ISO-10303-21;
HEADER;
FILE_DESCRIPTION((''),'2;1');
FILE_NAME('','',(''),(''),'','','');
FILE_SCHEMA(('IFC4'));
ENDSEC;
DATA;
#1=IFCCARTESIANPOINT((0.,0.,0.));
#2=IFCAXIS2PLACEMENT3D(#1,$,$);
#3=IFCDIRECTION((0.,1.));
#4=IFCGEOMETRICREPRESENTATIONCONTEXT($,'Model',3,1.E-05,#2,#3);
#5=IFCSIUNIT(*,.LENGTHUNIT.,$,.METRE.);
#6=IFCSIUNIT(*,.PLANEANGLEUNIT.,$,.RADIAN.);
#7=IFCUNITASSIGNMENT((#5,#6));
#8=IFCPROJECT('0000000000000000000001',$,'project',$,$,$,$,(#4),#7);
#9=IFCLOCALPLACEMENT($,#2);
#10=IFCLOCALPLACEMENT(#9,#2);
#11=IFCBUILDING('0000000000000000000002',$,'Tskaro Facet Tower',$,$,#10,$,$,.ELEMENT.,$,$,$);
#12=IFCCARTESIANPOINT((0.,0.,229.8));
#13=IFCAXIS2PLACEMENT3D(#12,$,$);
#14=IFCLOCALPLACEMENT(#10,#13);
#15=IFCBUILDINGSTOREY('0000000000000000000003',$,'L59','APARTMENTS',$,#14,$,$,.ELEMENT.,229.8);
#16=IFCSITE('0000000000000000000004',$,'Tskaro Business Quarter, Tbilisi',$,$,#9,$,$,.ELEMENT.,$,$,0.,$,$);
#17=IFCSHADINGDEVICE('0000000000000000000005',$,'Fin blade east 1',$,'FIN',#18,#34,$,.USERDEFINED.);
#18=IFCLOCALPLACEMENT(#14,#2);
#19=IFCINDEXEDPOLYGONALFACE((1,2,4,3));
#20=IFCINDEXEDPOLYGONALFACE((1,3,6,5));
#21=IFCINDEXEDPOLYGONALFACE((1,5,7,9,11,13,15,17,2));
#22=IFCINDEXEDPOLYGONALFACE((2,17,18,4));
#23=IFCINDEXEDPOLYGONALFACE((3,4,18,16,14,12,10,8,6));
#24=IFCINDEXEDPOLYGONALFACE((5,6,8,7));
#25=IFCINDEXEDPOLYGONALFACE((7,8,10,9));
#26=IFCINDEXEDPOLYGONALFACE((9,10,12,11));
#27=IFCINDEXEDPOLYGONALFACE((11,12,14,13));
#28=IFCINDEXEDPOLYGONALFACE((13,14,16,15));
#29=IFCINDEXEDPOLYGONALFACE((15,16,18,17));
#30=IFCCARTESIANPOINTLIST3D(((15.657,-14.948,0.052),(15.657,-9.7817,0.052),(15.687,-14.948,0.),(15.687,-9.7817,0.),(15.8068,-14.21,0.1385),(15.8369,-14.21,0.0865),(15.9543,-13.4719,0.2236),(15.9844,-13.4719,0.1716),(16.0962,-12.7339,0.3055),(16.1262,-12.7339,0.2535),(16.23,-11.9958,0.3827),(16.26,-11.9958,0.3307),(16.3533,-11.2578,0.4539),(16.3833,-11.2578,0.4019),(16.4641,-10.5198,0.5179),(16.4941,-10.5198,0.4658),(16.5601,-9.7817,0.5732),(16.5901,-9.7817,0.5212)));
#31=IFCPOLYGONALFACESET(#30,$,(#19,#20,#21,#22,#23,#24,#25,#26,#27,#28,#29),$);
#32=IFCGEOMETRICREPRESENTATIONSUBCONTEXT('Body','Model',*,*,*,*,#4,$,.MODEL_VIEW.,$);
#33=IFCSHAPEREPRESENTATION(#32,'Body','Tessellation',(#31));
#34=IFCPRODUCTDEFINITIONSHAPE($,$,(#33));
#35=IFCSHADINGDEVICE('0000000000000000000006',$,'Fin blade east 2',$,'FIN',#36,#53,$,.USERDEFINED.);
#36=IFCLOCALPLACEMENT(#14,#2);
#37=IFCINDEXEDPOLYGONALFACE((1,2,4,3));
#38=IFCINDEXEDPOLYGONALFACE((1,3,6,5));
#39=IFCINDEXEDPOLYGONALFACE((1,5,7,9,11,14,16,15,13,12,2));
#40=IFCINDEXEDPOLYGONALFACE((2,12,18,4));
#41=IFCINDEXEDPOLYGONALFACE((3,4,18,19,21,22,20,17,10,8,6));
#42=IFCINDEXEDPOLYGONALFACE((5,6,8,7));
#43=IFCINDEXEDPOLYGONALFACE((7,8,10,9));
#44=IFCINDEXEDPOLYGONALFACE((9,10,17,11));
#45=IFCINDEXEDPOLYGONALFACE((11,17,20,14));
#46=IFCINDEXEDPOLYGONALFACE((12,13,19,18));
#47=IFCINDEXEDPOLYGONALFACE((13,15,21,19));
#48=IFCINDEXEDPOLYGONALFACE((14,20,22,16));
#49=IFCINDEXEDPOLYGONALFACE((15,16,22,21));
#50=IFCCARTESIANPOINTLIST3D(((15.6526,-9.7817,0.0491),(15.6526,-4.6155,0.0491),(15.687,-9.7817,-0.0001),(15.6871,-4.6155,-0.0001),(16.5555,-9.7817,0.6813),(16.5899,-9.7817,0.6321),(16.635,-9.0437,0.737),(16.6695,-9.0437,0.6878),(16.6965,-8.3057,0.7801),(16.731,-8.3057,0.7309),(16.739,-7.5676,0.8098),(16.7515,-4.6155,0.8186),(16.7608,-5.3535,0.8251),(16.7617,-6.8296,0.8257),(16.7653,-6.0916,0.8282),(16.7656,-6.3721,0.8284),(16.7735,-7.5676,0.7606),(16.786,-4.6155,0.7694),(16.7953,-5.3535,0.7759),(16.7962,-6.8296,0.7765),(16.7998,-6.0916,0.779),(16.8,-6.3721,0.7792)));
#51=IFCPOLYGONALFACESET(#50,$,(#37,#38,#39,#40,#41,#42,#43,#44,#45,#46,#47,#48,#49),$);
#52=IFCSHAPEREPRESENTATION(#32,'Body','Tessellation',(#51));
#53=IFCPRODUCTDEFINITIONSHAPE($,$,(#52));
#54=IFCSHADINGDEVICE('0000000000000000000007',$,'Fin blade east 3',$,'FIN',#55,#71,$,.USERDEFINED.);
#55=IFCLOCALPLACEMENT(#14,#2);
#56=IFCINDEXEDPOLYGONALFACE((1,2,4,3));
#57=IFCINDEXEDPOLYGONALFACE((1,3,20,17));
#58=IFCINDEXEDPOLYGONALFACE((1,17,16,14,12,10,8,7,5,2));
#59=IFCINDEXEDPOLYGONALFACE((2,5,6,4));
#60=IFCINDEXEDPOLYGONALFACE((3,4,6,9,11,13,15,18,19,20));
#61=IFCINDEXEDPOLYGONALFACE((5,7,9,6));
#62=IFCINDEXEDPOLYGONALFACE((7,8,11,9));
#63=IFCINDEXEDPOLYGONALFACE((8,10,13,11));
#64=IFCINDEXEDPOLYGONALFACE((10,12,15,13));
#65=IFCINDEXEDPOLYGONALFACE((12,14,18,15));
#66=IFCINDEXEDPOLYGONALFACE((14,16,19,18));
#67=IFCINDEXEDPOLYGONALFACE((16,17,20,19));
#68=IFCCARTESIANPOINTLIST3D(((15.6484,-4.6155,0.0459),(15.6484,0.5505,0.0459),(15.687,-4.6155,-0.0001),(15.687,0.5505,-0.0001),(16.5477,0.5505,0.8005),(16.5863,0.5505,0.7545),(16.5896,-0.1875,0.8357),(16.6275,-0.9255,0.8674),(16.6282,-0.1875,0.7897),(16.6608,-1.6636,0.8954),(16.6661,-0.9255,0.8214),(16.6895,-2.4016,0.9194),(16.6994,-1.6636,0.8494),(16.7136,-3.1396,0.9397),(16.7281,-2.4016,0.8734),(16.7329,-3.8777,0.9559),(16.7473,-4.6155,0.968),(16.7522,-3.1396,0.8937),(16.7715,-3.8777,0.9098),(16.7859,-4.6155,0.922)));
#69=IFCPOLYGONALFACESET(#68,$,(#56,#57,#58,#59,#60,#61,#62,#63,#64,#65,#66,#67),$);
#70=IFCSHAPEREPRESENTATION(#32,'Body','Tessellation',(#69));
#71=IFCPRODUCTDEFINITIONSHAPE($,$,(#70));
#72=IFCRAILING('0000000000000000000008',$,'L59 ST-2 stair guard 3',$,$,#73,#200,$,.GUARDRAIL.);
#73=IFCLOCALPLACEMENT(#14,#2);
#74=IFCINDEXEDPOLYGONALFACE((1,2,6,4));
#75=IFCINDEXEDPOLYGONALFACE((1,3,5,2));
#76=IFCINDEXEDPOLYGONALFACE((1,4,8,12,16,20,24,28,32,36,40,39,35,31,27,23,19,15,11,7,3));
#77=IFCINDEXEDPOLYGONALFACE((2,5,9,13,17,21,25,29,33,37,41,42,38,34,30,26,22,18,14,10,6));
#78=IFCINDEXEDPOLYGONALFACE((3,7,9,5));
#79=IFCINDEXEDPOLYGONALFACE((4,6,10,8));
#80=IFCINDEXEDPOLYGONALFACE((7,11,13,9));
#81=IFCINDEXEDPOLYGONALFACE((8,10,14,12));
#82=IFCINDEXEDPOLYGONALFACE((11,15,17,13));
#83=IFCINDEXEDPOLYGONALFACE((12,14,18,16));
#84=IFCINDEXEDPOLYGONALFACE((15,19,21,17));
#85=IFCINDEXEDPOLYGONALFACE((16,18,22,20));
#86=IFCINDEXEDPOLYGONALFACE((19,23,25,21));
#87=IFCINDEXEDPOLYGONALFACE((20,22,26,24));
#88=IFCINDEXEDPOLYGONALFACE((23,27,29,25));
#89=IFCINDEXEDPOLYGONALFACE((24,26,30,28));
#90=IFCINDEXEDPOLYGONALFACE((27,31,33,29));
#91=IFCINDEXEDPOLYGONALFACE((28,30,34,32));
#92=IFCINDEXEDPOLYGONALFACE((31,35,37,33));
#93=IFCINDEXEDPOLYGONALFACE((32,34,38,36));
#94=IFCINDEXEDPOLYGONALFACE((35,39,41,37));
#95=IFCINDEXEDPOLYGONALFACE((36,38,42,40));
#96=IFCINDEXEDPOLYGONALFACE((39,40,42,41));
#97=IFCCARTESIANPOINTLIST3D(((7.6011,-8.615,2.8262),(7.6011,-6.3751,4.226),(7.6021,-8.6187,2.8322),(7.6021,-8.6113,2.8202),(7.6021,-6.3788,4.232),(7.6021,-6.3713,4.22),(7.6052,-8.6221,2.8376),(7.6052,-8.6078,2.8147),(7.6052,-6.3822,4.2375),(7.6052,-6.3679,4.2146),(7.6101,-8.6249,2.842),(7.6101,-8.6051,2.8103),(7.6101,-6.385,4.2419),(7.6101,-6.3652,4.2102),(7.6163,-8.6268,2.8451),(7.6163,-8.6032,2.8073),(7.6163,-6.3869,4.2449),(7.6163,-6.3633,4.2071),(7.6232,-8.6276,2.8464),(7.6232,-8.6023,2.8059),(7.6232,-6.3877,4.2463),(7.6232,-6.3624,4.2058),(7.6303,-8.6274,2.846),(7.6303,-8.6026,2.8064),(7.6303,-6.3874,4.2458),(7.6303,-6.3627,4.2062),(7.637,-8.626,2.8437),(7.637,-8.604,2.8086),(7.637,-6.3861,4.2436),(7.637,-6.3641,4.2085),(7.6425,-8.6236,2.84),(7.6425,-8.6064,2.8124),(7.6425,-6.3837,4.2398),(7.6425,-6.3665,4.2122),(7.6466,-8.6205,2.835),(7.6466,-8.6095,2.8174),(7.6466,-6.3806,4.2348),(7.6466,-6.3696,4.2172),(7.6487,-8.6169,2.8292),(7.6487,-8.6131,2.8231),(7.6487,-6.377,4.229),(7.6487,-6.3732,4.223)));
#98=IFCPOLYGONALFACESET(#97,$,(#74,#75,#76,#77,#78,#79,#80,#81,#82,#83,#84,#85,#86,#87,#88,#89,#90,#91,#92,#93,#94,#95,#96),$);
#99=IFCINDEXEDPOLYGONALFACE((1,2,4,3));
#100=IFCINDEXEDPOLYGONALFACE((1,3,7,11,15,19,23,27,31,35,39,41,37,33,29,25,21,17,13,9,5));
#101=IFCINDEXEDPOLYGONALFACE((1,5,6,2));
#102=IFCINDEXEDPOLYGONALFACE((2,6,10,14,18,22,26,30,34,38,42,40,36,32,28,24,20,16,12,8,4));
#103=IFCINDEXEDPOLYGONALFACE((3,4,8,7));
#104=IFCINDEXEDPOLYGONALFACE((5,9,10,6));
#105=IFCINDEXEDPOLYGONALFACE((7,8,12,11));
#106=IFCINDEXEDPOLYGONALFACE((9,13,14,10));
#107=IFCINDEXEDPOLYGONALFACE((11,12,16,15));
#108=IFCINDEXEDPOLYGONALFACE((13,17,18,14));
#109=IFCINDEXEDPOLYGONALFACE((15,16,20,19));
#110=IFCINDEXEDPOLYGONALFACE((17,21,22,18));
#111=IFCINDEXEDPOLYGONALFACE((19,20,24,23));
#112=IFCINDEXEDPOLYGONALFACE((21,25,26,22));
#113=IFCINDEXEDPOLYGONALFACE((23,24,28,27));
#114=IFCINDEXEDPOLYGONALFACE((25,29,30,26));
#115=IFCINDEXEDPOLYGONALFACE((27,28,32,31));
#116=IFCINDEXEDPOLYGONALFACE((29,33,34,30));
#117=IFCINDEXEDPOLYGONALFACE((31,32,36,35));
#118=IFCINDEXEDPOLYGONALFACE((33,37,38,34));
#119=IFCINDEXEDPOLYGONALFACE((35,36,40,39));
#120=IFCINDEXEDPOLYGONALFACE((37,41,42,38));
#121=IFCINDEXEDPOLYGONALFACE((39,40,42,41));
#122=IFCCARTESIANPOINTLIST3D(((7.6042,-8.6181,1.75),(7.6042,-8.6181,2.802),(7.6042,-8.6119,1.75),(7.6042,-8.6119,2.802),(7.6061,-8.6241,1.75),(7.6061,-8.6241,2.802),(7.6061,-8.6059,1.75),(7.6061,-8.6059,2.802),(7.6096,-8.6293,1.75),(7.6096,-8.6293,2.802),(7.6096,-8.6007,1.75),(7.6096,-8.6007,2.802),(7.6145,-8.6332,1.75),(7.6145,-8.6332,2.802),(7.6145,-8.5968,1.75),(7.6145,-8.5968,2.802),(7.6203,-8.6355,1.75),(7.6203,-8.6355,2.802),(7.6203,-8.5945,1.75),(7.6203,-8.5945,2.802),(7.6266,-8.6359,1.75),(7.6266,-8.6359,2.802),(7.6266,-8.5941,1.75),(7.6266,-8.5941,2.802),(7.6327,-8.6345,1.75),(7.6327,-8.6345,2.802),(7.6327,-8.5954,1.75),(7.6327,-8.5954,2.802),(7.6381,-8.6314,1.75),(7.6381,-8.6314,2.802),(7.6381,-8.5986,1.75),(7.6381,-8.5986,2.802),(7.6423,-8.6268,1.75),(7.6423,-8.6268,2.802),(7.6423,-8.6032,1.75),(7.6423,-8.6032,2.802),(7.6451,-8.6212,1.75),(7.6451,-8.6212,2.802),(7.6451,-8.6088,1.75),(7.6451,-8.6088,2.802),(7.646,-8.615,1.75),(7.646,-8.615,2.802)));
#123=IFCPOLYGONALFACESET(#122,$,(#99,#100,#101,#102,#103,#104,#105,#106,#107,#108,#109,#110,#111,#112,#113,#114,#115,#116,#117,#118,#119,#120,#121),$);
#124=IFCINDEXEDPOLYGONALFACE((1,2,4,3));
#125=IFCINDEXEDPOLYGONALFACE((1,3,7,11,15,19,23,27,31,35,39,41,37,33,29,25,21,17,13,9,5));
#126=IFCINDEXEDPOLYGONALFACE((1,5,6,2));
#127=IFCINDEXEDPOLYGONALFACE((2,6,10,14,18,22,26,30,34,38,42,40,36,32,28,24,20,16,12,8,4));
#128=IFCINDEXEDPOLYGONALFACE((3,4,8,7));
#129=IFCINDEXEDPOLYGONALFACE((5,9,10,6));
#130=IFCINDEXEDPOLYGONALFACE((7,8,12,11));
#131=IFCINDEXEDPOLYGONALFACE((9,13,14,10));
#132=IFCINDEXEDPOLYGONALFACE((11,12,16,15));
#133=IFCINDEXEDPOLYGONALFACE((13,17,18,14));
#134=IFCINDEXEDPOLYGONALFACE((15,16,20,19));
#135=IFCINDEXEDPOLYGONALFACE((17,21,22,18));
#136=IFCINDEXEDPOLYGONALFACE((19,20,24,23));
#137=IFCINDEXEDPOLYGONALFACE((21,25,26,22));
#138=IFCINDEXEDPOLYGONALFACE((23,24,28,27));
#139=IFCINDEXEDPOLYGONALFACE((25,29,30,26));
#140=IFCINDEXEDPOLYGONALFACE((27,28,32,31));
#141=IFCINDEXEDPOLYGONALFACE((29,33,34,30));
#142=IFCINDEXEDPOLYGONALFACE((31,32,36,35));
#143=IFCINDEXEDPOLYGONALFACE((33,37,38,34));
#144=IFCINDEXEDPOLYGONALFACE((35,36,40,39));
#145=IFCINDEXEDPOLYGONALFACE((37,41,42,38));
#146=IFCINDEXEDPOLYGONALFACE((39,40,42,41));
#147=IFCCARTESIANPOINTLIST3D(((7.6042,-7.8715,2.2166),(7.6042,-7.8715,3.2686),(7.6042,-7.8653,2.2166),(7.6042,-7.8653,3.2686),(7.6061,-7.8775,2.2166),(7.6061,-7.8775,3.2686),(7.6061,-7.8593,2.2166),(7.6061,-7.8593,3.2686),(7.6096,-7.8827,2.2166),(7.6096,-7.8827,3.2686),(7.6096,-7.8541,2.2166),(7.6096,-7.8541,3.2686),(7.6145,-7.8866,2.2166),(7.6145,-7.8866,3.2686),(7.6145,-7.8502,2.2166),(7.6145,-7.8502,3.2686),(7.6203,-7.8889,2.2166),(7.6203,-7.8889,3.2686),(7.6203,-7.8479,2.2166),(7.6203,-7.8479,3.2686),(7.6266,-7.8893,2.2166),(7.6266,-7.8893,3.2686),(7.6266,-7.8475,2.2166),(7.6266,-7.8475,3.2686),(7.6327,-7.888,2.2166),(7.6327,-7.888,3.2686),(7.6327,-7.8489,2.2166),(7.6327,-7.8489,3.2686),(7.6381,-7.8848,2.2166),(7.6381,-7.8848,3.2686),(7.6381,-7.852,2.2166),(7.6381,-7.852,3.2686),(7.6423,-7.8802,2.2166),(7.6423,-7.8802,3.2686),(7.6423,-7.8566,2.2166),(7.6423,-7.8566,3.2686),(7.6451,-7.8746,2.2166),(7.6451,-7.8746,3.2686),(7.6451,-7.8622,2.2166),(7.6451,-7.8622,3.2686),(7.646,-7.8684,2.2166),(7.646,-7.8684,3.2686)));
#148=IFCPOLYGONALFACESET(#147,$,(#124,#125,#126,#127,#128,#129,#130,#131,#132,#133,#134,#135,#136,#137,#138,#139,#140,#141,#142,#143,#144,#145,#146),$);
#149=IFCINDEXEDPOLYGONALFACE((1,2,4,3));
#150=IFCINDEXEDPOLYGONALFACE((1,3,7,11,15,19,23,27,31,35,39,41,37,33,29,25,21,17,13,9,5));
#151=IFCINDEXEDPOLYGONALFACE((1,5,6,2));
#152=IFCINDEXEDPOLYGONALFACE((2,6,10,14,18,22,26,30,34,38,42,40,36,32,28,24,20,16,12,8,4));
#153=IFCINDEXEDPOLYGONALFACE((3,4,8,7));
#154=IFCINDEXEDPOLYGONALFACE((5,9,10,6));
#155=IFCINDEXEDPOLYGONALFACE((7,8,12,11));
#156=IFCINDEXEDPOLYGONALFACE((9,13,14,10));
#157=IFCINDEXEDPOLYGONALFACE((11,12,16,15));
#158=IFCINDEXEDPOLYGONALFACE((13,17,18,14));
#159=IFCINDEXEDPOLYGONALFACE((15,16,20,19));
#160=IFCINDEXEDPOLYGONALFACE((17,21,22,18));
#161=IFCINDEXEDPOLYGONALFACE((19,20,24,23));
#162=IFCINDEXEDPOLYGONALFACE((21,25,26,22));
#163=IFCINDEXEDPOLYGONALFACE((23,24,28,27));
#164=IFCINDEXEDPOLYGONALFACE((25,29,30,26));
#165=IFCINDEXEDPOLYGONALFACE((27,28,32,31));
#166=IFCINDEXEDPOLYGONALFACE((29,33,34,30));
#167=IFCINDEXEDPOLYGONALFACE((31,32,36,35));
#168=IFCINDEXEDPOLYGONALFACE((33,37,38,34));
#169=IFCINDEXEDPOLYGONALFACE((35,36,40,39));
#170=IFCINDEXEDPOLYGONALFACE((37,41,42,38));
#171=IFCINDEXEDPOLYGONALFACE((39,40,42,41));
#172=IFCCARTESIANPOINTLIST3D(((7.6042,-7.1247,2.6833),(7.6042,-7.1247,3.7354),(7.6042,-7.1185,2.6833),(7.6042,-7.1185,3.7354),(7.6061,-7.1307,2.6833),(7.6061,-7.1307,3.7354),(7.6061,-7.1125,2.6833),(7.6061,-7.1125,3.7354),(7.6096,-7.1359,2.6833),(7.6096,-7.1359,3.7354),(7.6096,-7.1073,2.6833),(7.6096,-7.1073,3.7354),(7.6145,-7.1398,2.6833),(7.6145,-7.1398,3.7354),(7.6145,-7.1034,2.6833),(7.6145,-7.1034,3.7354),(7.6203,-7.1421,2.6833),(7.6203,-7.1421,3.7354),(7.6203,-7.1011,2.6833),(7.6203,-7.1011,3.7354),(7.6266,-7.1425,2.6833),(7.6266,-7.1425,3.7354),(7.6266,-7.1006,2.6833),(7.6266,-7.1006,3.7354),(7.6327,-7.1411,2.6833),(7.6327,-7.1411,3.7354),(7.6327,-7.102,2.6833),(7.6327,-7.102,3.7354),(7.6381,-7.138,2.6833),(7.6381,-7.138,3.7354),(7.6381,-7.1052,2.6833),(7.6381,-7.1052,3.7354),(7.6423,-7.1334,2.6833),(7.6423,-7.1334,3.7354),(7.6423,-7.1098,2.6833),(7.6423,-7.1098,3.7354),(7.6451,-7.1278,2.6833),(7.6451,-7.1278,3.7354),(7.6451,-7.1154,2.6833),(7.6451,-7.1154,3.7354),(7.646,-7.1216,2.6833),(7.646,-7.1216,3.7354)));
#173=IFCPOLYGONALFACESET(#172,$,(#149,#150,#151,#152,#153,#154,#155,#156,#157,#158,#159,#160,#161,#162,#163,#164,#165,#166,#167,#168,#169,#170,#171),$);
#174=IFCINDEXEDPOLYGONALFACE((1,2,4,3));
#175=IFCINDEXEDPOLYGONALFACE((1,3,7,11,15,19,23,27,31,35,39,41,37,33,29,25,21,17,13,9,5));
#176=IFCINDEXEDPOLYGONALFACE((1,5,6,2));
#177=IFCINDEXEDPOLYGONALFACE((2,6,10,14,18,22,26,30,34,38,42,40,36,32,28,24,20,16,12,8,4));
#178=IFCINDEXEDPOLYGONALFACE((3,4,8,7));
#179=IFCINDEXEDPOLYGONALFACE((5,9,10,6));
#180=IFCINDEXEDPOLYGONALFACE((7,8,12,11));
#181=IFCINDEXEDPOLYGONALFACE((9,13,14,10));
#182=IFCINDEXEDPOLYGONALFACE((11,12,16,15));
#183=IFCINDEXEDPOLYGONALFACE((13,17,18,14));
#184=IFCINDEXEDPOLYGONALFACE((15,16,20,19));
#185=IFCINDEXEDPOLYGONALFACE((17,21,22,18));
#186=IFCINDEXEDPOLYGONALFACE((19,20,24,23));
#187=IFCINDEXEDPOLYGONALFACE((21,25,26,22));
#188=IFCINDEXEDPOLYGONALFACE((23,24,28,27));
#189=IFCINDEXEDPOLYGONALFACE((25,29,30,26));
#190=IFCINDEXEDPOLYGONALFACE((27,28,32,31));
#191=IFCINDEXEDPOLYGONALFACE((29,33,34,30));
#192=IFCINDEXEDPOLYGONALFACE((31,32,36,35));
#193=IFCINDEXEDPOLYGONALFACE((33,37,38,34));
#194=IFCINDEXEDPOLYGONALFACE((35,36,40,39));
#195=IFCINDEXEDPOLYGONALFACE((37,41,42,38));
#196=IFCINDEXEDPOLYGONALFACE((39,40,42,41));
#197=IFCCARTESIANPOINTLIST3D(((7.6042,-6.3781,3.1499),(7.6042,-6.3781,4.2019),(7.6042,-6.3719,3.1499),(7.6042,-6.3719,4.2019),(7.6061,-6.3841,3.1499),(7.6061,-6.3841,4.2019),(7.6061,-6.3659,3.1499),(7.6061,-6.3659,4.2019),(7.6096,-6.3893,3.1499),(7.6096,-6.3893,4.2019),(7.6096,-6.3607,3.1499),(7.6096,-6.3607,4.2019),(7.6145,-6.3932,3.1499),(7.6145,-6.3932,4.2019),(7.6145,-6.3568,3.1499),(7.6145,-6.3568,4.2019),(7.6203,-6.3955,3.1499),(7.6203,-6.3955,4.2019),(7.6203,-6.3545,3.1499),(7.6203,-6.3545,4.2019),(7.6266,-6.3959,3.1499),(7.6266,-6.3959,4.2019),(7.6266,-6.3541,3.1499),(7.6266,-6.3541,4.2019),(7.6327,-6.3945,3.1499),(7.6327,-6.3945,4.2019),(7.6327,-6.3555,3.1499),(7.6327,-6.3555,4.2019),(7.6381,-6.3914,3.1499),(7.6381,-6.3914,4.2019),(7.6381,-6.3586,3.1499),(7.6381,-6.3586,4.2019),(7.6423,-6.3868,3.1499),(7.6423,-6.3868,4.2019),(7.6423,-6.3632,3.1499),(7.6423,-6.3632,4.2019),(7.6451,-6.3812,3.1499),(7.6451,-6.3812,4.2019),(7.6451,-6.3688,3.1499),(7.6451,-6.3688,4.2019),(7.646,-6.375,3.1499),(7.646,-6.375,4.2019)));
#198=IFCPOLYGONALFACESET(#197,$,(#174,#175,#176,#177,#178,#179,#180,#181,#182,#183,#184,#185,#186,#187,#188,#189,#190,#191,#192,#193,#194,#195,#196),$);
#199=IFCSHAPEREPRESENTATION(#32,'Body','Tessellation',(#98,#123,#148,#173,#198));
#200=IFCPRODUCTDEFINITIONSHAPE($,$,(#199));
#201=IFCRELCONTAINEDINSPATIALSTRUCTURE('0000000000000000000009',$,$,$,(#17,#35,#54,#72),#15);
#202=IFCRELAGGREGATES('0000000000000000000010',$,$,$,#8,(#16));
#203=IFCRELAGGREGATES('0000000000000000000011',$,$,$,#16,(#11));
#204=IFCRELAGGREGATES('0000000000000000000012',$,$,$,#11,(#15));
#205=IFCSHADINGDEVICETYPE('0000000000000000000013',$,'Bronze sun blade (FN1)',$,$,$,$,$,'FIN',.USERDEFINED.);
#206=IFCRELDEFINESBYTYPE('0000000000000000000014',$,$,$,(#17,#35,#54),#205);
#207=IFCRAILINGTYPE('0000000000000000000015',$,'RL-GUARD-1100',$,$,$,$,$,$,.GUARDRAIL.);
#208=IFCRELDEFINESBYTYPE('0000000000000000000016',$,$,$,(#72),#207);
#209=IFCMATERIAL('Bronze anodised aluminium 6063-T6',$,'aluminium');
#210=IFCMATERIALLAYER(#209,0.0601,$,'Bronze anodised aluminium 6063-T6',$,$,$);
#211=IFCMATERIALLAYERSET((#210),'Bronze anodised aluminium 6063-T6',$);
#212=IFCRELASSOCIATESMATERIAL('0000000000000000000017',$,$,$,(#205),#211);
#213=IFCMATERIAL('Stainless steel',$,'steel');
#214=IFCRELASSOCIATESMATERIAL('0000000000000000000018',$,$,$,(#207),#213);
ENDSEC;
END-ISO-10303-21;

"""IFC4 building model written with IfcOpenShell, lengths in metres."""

from ifc_helpers import new_model, si_unit, direction, frame, origin, origin_2d, place, context, subcontext, project, spatial, polyline, circle, outline, extrude, material, layer, layer_set, type_object, element, save


model = new_model("IFC4")

# Units and contexts
model_context = context("Model", 3, precision=1e-05, world=origin(), true_north=direction((0.0, 1.0)))
body_context = subcontext(model_context, "Body", "Model", "MODEL_VIEW")
ifc_project = project(units=[si_unit("LENGTHUNIT", "METRE"), si_unit("PLANEANGLEUNIT", "RADIAN")], contexts=[model_context])

# Site, building, storey
site_placement = place(None, origin())
site = spatial("IfcSite", under=ifc_project, at=site_placement, Name="Tskaro Business Quarter, Tbilisi", CompositionType="ELEMENT", RefElevation=0.0)
building_placement = place(site_placement, origin())
building = spatial("IfcBuilding", under=site, at=building_placement, Name="Tskaro Facet Tower", CompositionType="ELEMENT")
storey_placement = place(building_placement, frame((0.0, 0.0, 229.8)))
storey = spatial("IfcBuildingStorey", under=building, at=storey_placement, Name="L59", Description="APARTMENTS", CompositionType="ELEMENT", Elevation=229.8)

# Shared definitions
ifc_material_1 = material(Name="Bronze anodised aluminium 6063-T6", Category="aluminium")

# Shading devices
ifc_layer_1 = layer(ifc_material_1, 0.0601, Name="Bronze anodised aluminium 6063-T6")
ifc_layer_set_1 = layer_set([ifc_layer_1], Name="Bronze anodised aluminium 6063-T6")
shading_device_type = type_object("IfcShadingDeviceType", Name="Bronze sun blade (FN1)", ElementType="FIN", PredefinedType="USERDEFINED", material=ifc_layer_set_1)
shading_device_1_placement = place(storey_placement, frame((15.657, -14.948, 0.052), z_axis=(-0.499859, -0.000008, 0.866107), x_axis=(-0.000004, 1.0, 0.000007)))
element("IfcShadingDevice", 1, at=shading_device_1_placement, inside=storey, type_object=shading_device_type, Name="Fin blade east 1", ObjectType="FIN", PredefinedType="USERDEFINED", context=body_context, shape_type="SweptSolid", body=[
    extrude(outline(polyline([(0.0, 0.0), (5.1663, 0.0), (5.1663, -1.0427), (4.4282, -0.9319), (3.6902, -0.8039), (2.9521, -0.6616), (2.2141, -0.5071), (1.4761, -0.3433), (0.738, -0.173), (0.0, 0.0)])), origin(), (0.0, 0.0, -1.0), 0.0601),
])
shading_device_2_placement = place(storey_placement, frame((15.6526, -9.7817, 0.0491), z_axis=(-0.573596, 0.000005, 0.819138), x_axis=(0.000003, 1.0, -0.000004)))
element("IfcShadingDevice", 2, at=shading_device_2_placement, inside=storey, type_object=shading_device_type, Name="Fin blade east 2", ObjectType="FIN", PredefinedType="USERDEFINED", context=body_context, shape_type="SweptSolid", body=[
    extrude(outline(polyline([(0.0, 0.0), (5.1663, 0.0), (5.1663, -1.3415), (4.4282, -1.3529), (3.6902, -1.3584), (3.4097, -1.3587), (2.9521, -1.354), (2.2141, -1.3263), (1.4761, -1.2744), (0.738, -1.1994), (0.0, -1.1022), (0.0, 0.0)])), origin(), (0.0, 0.0, -1.0), 0.0601),
])
shading_device_3_placement = place(storey_placement, frame((15.6484, -4.6155, 0.0459), z_axis=(-0.642787, -0.000006, 0.766045), x_axis=(-0.000004, 1.0, 0.000004)))
element("IfcShadingDevice", 3, at=shading_device_3_placement, inside=storey, type_object=shading_device_type, Name="Fin blade east 3", ObjectType="FIN", PredefinedType="USERDEFINED", context=body_context, shape_type="SweptSolid", body=[
    extrude(outline(polyline([(0.0, 0.0), (5.166, 0.0), (5.166, -1.1739), (4.428, -1.2286), (3.6899, -1.278), (2.9519, -1.3215), (2.2139, -1.359), (1.4758, -1.3905), (0.7378, -1.4156), (0.0, -1.4345), (0.0, 0.0)])), origin(), (0.0, 0.0, -1.0), 0.0601),
])

# Railing
ifc_material_2 = material(Name="Stainless steel", Category="steel")
railing_type_1 = type_object("IfcRailingType", Name="RL-GUARD-1100", PredefinedType="GUARDRAIL", material=ifc_material_2)
railing_1_placement = place(storey_placement, frame((7.625, -8.615, 1.75)))
element("IfcRailing", 4, at=railing_1_placement, inside=storey, type_object=railing_type_1, Name="L59 ST-2 stair guard 3", PredefinedType="GUARDRAIL", context=body_context, shape_type="SweptSolid", body=[
    extrude(circle(Radius=0.0239, at=origin_2d()), frame((0.0, 0.0, 1.0762), z_axis=(0.0, 0.848014, 0.529974), x_axis=(-1.0, 0.0, 0.0)), (0.0, 0.0, 1.0), 2.6414),
    extrude(circle(Radius=0.021, at=origin_2d()), origin(), (0.0, 0.0, 1.0), 1.052),
    extrude(circle(Radius=0.021, at=origin_2d()), frame((0.0, 0.7466, 0.4666)), (0.0, 0.0, 1.0), 1.052),
    extrude(circle(Radius=0.021, at=origin_2d()), frame((0.0, 1.4934, 0.9333)), (0.0, 0.0, 1.0), 1.052),
    extrude(circle(Radius=0.021, at=origin_2d()), frame((0.0, 2.24, 1.3999)), (0.0, 0.0, 1.0), 1.052),
])

save(model, "model.ifc")
